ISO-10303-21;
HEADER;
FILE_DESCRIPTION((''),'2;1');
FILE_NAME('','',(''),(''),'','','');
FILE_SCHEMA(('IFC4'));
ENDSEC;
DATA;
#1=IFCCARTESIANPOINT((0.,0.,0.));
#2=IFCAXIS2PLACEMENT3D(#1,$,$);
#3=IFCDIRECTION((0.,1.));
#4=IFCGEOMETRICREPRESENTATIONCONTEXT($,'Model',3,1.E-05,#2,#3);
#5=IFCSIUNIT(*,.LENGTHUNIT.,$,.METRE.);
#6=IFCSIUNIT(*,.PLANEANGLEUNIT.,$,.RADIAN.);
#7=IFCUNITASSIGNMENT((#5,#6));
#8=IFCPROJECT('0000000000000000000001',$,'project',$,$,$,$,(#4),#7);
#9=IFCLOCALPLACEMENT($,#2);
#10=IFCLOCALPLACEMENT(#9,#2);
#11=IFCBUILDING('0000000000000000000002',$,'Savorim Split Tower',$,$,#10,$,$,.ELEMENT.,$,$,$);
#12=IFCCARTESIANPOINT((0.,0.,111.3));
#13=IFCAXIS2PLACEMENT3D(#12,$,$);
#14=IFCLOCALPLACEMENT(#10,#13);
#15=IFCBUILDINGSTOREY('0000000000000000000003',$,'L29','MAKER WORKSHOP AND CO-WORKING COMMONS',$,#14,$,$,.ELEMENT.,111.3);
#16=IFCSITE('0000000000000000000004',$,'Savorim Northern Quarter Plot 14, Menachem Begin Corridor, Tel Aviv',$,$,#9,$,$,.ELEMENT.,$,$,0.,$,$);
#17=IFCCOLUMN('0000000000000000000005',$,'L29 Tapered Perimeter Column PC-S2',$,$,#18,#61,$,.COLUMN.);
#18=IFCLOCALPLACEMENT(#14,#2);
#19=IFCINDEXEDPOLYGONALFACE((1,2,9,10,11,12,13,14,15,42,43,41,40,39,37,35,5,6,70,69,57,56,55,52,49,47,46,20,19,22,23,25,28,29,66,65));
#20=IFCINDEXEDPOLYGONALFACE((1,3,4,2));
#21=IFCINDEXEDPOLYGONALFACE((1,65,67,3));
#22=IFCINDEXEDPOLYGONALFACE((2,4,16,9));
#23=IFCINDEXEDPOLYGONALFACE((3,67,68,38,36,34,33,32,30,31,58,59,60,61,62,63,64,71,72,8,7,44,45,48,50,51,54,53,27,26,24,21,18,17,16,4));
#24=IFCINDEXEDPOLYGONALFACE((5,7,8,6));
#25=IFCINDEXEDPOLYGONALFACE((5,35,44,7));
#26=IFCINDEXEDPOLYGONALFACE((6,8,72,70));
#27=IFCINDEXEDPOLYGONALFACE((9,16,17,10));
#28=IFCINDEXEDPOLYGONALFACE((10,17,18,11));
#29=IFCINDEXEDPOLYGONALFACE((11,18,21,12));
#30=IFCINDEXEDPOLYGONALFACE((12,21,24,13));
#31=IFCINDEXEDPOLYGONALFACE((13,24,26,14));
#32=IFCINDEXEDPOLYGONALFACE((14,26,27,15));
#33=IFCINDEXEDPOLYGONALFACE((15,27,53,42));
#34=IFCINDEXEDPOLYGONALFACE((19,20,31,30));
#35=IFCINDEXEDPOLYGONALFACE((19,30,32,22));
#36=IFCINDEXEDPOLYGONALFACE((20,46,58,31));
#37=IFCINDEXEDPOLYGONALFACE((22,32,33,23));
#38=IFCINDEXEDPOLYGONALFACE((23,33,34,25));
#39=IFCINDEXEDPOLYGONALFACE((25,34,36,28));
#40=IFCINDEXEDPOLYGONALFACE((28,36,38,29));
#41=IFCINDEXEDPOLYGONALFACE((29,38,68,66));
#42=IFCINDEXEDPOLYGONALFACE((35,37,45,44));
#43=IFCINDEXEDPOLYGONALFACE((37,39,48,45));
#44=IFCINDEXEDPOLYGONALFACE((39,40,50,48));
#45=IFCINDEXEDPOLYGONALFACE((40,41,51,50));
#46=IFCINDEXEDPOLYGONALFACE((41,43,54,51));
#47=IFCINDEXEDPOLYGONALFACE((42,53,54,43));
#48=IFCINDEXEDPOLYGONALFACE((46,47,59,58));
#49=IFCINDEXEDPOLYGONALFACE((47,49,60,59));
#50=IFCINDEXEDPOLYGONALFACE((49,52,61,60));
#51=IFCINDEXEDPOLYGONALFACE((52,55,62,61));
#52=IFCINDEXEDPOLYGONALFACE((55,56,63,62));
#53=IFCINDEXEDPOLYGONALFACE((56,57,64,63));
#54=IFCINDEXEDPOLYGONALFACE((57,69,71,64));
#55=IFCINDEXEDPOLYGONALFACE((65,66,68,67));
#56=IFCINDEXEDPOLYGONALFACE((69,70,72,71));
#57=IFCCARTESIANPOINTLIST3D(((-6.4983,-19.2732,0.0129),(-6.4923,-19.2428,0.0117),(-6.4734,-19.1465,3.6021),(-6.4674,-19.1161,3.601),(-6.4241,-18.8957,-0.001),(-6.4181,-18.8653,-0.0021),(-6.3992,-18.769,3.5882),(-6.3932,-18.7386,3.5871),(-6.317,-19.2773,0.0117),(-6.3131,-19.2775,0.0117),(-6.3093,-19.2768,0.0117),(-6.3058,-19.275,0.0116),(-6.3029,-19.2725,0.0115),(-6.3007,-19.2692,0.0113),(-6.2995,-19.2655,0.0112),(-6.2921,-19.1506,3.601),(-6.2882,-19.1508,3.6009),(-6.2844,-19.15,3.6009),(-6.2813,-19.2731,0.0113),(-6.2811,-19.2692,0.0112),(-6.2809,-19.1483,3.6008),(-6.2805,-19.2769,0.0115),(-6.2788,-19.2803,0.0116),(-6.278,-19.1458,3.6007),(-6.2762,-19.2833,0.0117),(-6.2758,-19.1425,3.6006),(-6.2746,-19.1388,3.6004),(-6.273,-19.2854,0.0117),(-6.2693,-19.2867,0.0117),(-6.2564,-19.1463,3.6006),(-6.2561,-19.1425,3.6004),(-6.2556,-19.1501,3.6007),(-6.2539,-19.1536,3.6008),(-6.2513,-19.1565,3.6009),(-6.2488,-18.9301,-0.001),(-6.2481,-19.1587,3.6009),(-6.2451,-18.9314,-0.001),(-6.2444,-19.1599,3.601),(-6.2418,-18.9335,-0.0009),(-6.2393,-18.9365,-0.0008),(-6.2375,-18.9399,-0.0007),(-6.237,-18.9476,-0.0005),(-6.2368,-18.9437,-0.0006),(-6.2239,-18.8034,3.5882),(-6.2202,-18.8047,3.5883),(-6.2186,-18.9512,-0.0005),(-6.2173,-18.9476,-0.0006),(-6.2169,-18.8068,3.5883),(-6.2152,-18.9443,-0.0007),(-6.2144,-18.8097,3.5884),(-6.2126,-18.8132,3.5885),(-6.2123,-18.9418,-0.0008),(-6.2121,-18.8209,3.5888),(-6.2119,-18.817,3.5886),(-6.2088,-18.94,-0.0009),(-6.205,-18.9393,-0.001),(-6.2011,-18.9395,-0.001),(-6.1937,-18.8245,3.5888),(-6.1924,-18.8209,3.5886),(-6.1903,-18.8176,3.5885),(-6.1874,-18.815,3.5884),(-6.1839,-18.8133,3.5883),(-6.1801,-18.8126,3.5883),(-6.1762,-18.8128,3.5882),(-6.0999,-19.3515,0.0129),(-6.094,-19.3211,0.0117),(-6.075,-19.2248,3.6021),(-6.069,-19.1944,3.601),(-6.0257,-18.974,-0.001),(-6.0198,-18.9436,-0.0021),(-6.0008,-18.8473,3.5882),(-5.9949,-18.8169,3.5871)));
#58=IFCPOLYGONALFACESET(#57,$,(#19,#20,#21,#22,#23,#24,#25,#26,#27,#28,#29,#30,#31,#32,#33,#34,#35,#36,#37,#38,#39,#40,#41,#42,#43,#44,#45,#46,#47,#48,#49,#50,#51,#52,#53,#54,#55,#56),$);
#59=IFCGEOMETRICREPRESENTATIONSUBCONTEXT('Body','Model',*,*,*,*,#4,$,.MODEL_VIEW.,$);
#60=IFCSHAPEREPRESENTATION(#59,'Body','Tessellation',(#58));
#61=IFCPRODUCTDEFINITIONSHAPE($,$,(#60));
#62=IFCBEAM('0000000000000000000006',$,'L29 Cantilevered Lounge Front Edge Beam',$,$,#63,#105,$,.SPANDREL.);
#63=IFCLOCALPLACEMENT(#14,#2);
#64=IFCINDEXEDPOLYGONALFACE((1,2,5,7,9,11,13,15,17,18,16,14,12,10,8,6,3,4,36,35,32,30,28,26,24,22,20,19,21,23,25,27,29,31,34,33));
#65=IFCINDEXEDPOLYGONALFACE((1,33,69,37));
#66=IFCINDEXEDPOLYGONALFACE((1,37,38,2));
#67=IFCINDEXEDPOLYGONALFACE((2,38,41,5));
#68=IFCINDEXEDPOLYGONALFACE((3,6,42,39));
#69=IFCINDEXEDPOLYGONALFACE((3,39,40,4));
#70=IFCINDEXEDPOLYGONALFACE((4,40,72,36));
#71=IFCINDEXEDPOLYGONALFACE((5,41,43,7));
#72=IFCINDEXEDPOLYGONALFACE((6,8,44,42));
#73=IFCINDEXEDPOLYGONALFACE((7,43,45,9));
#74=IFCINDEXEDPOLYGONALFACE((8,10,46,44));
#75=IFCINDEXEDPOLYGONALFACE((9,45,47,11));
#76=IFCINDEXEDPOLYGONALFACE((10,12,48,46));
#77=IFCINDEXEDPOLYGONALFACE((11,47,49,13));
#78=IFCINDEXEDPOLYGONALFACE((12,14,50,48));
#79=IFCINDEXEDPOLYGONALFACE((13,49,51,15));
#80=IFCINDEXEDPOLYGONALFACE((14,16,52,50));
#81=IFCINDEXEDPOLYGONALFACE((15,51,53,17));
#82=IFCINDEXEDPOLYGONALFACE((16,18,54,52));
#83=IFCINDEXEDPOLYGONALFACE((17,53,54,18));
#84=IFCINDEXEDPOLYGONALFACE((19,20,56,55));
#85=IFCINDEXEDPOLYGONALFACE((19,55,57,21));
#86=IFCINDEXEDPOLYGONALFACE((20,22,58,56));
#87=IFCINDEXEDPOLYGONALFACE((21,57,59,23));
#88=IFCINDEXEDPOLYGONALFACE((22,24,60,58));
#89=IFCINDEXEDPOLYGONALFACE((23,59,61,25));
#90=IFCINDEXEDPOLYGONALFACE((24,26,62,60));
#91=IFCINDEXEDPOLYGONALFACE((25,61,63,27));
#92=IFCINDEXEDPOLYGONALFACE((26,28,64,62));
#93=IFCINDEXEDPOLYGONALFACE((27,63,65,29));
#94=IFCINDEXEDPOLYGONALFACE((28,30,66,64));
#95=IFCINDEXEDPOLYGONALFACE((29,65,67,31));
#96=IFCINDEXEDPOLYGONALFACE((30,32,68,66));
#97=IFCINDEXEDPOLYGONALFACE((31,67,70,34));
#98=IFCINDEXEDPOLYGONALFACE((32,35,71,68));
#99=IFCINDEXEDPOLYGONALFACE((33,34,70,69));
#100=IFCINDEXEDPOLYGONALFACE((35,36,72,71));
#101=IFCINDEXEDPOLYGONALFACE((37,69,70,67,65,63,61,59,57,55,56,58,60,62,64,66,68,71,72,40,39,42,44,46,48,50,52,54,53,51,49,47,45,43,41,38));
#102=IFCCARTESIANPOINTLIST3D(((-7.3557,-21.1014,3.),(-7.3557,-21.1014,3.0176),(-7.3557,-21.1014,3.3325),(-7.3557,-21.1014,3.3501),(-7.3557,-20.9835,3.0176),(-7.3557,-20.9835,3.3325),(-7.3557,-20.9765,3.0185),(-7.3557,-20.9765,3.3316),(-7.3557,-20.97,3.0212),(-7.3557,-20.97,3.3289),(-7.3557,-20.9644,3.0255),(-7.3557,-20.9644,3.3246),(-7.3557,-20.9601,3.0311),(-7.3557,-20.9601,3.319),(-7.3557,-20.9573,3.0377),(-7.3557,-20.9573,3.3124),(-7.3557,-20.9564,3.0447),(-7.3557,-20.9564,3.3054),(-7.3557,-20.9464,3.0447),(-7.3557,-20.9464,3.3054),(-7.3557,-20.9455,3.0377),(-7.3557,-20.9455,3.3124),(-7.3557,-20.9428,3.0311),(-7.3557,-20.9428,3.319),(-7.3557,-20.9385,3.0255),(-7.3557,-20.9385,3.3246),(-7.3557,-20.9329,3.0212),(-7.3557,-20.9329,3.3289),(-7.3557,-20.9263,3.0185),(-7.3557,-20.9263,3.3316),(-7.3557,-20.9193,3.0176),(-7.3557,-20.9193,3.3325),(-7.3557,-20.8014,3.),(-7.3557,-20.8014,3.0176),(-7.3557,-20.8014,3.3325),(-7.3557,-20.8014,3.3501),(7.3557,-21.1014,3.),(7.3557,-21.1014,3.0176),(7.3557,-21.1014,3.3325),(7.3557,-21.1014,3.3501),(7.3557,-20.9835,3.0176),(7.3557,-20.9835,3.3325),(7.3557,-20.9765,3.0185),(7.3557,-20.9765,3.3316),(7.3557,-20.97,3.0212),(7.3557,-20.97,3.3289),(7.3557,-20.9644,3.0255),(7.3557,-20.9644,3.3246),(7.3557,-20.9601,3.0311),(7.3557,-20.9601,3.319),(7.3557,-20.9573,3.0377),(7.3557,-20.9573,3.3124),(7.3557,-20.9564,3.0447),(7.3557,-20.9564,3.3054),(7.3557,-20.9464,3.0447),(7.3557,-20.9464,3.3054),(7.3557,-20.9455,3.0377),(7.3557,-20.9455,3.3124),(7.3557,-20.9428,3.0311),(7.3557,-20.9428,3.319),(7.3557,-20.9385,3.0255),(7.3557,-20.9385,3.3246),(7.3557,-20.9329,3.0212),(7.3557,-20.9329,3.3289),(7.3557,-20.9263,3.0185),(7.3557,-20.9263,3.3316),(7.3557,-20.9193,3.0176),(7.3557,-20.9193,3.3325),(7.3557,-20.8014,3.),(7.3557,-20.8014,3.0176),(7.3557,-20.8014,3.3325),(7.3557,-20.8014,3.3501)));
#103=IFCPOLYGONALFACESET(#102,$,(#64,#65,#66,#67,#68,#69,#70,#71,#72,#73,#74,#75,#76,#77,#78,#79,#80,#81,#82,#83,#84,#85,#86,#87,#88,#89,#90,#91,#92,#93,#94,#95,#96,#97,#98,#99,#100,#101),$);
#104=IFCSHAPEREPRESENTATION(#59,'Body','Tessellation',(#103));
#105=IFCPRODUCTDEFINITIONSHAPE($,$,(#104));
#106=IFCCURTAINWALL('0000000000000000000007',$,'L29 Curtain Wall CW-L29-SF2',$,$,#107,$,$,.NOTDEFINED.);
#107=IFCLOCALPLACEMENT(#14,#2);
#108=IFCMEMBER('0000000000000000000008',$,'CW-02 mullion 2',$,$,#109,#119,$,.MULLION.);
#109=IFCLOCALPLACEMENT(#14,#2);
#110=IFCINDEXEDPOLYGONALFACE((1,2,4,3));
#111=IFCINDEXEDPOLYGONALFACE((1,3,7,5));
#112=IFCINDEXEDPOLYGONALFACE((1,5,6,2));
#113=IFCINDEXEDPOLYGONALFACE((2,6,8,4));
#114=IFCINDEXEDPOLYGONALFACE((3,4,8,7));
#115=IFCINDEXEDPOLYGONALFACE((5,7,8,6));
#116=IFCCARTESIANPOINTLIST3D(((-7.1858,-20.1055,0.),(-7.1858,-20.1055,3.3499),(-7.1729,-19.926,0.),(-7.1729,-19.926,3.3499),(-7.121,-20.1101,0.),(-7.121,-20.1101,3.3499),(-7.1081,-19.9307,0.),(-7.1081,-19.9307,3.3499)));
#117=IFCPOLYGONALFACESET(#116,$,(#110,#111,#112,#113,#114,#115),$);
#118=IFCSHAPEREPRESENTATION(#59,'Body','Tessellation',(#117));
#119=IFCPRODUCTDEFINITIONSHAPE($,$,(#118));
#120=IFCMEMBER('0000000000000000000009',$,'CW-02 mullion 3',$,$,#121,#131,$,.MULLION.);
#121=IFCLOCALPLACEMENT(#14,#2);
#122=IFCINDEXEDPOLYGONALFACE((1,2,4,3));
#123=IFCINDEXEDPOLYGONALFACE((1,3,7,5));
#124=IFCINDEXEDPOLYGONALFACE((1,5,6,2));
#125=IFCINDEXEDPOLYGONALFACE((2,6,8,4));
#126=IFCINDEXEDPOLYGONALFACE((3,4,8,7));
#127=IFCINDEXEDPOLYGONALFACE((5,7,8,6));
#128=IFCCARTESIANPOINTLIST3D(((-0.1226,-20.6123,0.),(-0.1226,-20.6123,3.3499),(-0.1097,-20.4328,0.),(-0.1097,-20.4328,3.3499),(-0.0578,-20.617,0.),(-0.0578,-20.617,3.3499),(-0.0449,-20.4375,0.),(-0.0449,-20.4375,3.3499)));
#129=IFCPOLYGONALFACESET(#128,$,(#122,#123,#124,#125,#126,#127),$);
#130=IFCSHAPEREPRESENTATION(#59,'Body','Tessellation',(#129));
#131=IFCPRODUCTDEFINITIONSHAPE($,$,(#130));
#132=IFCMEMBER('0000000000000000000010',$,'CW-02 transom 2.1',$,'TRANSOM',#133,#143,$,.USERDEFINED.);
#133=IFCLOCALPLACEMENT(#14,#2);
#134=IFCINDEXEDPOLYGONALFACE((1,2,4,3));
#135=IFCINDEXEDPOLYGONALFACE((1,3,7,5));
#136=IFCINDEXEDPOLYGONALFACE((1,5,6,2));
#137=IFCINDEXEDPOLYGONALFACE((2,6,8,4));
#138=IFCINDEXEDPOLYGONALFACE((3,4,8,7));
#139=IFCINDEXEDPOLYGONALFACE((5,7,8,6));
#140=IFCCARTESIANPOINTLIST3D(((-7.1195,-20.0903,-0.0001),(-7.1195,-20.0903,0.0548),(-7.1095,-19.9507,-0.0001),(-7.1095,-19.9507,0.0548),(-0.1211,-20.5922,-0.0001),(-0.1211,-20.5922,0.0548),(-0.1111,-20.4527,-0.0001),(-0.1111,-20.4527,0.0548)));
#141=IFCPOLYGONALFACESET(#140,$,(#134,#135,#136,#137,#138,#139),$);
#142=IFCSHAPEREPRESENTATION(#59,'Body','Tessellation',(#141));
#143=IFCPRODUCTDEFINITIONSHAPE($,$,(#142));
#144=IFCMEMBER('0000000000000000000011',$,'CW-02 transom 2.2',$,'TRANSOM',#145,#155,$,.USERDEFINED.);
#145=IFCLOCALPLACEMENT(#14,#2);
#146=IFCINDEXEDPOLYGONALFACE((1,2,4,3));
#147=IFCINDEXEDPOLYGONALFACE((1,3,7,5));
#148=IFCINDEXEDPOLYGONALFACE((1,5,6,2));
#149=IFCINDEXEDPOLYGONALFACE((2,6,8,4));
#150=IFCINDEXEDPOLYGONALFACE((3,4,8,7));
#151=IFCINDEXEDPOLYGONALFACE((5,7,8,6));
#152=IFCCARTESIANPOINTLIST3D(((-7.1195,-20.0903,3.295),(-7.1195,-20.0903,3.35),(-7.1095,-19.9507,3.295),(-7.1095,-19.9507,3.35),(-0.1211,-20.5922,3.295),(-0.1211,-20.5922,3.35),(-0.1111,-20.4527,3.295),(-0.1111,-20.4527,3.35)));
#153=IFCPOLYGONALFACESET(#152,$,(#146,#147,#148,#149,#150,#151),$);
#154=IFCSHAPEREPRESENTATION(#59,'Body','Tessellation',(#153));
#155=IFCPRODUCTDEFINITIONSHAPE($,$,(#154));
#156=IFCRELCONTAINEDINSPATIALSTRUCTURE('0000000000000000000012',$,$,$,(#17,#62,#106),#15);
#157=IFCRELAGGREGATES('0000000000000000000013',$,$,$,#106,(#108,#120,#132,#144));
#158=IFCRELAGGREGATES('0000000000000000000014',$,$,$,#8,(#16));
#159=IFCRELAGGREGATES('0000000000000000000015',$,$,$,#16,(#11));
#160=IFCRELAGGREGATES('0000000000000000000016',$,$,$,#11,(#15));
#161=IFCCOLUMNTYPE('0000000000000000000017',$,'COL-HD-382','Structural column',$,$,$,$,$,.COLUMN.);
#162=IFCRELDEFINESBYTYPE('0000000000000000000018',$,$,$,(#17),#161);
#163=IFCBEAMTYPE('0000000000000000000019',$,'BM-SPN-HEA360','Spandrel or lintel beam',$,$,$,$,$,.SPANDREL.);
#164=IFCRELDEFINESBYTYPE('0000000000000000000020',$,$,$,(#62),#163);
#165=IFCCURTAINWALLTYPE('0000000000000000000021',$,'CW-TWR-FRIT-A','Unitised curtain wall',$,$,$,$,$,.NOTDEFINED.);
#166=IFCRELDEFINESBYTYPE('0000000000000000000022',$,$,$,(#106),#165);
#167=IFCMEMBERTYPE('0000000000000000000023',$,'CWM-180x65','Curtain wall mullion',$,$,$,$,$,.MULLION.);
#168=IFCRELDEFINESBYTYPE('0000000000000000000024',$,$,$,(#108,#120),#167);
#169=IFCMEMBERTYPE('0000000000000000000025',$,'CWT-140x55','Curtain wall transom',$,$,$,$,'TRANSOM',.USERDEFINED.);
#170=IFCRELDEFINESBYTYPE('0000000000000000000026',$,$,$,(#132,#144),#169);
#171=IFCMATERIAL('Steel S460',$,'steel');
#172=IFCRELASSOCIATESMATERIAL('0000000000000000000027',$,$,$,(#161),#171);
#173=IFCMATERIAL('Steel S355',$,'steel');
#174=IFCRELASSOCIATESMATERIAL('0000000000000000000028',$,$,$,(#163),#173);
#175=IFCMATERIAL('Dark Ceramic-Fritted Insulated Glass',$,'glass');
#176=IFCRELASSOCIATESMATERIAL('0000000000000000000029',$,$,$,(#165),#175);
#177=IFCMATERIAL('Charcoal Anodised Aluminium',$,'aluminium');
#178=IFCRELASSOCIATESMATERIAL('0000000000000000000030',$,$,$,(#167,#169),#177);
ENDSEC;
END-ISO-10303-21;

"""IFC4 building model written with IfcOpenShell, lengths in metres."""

from ifc_helpers import new_model, si_unit, direction, frame, origin, origin_2d, place, context, subcontext, project, spatial, rectangle, i_section, extrude, material, material_profile, profile_set, type_object, element, aggregate, save


model = new_model("IFC4")

# Units and contexts
model_context = context("Model", 3, precision=1e-05, world=origin(), true_north=direction((0.0, 1.0)))
body_context = subcontext(model_context, "Body", "Model", "MODEL_VIEW")
ifc_project = project(units=[si_unit("LENGTHUNIT", "METRE"), si_unit("PLANEANGLEUNIT", "RADIAN")], contexts=[model_context])

# Site, building, storey
site_placement = place(None, origin())
site = spatial("IfcSite", under=ifc_project, at=site_placement, Name="Savorim Northern Quarter Plot 14, Menachem Begin Corridor, Tel Aviv", CompositionType="ELEMENT", RefElevation=0.0)
building_placement = place(site_placement, origin())
building = spatial("IfcBuilding", under=site, at=building_placement, Name="Savorim Split Tower", CompositionType="ELEMENT")
storey_placement = place(building_placement, frame((0.0, 0.0, 111.3)))
storey = spatial("IfcBuildingStorey", under=building, at=storey_placement, Name="L29", Description="MAKER WORKSHOP AND CO-WORKING COMMONS", CompositionType="ELEMENT", Elevation=111.3)

# Column
ifc_material_1 = material(Name="Steel S460", Category="steel")
ifc_material_profile_1 = material_profile(ifc_material_1, i_section(OverallWidth=0.406, OverallDepth=0.416, WebThickness=0.0188, FlangeThickness=0.031, FilletRadius=0.0149, at=origin_2d()), Name="HD 400x382")
ifc_profile_set_1 = profile_set([ifc_material_profile_1], Name="Steel S460")
column_type = type_object("IfcColumnType", Name="COL-HD-382", Description="Structural column", PredefinedType="COLUMN", material=ifc_profile_set_1)
column_placement = place(storey_placement, frame((-6.259, -19.1084, 0.0054), z_axis=(0.006934, 0.035281, 0.999353), x_axis=(-0.98123, 0.192843, 0.0)))
element("IfcColumn", 1, at=column_placement, inside=storey, type_object=column_type, Name="L29 Tapered Perimeter Column PC-S2", PredefinedType="COLUMN", context=body_context, shape_type="SweptSolid", body=[
    extrude(i_section(OverallWidth=0.406, OverallDepth=0.416, WebThickness=0.0188, FlangeThickness=0.031, FilletRadius=0.0149, at=origin_2d()), origin(), (0.0, 0.0, 1.0), 3.5916),
])

# Beam
ifc_material_2 = material(Name="Steel S355", Category="steel")
ifc_material_profile_2 = material_profile(ifc_material_2, i_section(OverallWidth=0.3, OverallDepth=0.3501, WebThickness=0.01, FlangeThickness=0.0176, FilletRadius=0.0271, at=origin_2d()), Name="HEA 360")
ifc_profile_set_2 = profile_set([ifc_material_profile_2], Name="Steel S355")
beam_type = type_object("IfcBeamType", Name="BM-SPN-HEA360", Description="Spandrel or lintel beam", PredefinedType="SPANDREL", material=ifc_profile_set_2)
beam_placement = place(storey_placement, frame((-7.3557, -20.9514, 3.175), z_axis=(1.0, 0.0, 0.0), x_axis=(0.0, 1.0, 0.0)))
element("IfcBeam", 2, at=beam_placement, inside=storey, type_object=beam_type, Name="L29 Cantilevered Lounge Front Edge Beam", PredefinedType="SPANDREL", context=body_context, shape_type="SweptSolid", body=[
    extrude(i_section(OverallWidth=0.3, OverallDepth=0.3501, WebThickness=0.01, FlangeThickness=0.0176, FilletRadius=0.0271, at=origin_2d()), origin(), (0.0, 0.0, 1.0), 14.7114),
])

# Curtain wall, members
ifc_material_3 = material(Name="Dark Ceramic-Fritted Insulated Glass", Category="glass")
curtain_wall_type = type_object("IfcCurtainWallType", Name="CW-TWR-FRIT-A", Description="Unitised curtain wall", PredefinedType="NOTDEFINED", material=ifc_material_3)
curtain_wall_placement = place(storey_placement, origin())
curtain_wall = element("IfcCurtainWall", 3, at=curtain_wall_placement, inside=storey, type_object=curtain_wall_type, Name="L29 Curtain Wall CW-L29-SF2", PredefinedType="NOTDEFINED")
ifc_material_4 = material(Name="Charcoal Anodised Aluminium", Category="aluminium")
ifc_material_profile_3 = material_profile(ifc_material_4, rectangle(XDim=0.1799, YDim=0.0649, at=origin_2d()), Name="ALU-M 180x65")
ifc_profile_set_3 = profile_set([ifc_material_profile_3], Name="Charcoal Anodised Aluminium")
member_type_1 = type_object("IfcMemberType", Name="CWM-180x65", Description="Curtain wall mullion", PredefinedType="MULLION", material=ifc_profile_set_3)
member_1_placement = place(storey_placement, frame((-7.147, -20.0181, 0.0), z_axis=(0.0, 0.0, 1.0), x_axis=(0.071557, 0.997436, 0.0)))
member_1 = element("IfcMember", 4, at=member_1_placement, type_object=member_type_1, Name="CW-02 mullion 2", PredefinedType="MULLION", context=body_context, shape_type="SweptSolid", body=[
    extrude(rectangle(XDim=0.1799, YDim=0.0649, at=origin_2d()), origin(), (0.0, 0.0, 1.0), 3.3499),
])
member_2_placement = place(storey_placement, frame((-0.0837, -20.5249, 0.0), z_axis=(0.0, 0.0, 1.0), x_axis=(0.071557, 0.997436, 0.0)))
member_2 = element("IfcMember", 5, at=member_2_placement, type_object=member_type_1, Name="CW-02 mullion 3", PredefinedType="MULLION", context=body_context, shape_type="SweptSolid", body=[
    extrude(rectangle(XDim=0.1799, YDim=0.0649, at=origin_2d()), origin(), (0.0, 0.0, 1.0), 3.3499),
])
ifc_material_profile_4 = material_profile(ifc_material_4, rectangle(XDim=0.1399, YDim=0.0549, at=origin_2d()), Name="ALU-T 140x55")
ifc_profile_set_4 = profile_set([ifc_material_profile_4], Name="Charcoal Anodised Aluminium")
member_type_2 = type_object("IfcMemberType", Name="CWT-140x55", Description="Curtain wall transom", ElementType="TRANSOM", PredefinedType="USERDEFINED", material=ifc_profile_set_4)
member_3_placement = place(storey_placement, frame((-7.1145, -20.0205, 0.0273), z_axis=(0.997438, -0.071541, 0.0), x_axis=(0.071541, 0.997438, 0.0)))
member_3 = element("IfcMember", 6, at=member_3_placement, type_object=member_type_2, Name="CW-02 transom 2.1", ObjectType="TRANSOM", PredefinedType="USERDEFINED", context=body_context, shape_type="SweptSolid", body=[
    extrude(rectangle(XDim=0.1399, YDim=0.0549, at=origin_2d()), origin(), (0.0, 0.0, 1.0), 7.0164),
])
member_4_placement = place(storey_placement, frame((-7.1145, -20.0205, 3.3225), z_axis=(0.997438, -0.071541, 0.0), x_axis=(0.071541, 0.997438, 0.0)))
member_4 = element("IfcMember", 7, at=member_4_placement, type_object=member_type_2, Name="CW-02 transom 2.2", ObjectType="TRANSOM", PredefinedType="USERDEFINED", context=body_context, shape_type="SweptSolid", body=[
    extrude(rectangle(XDim=0.1399, YDim=0.0549, at=origin_2d()), origin(), (0.0, 0.0, 1.0), 7.0164),
])

aggregate(curtain_wall, [member_1, member_2, member_3, member_4])

save(model, "model.ifc")
